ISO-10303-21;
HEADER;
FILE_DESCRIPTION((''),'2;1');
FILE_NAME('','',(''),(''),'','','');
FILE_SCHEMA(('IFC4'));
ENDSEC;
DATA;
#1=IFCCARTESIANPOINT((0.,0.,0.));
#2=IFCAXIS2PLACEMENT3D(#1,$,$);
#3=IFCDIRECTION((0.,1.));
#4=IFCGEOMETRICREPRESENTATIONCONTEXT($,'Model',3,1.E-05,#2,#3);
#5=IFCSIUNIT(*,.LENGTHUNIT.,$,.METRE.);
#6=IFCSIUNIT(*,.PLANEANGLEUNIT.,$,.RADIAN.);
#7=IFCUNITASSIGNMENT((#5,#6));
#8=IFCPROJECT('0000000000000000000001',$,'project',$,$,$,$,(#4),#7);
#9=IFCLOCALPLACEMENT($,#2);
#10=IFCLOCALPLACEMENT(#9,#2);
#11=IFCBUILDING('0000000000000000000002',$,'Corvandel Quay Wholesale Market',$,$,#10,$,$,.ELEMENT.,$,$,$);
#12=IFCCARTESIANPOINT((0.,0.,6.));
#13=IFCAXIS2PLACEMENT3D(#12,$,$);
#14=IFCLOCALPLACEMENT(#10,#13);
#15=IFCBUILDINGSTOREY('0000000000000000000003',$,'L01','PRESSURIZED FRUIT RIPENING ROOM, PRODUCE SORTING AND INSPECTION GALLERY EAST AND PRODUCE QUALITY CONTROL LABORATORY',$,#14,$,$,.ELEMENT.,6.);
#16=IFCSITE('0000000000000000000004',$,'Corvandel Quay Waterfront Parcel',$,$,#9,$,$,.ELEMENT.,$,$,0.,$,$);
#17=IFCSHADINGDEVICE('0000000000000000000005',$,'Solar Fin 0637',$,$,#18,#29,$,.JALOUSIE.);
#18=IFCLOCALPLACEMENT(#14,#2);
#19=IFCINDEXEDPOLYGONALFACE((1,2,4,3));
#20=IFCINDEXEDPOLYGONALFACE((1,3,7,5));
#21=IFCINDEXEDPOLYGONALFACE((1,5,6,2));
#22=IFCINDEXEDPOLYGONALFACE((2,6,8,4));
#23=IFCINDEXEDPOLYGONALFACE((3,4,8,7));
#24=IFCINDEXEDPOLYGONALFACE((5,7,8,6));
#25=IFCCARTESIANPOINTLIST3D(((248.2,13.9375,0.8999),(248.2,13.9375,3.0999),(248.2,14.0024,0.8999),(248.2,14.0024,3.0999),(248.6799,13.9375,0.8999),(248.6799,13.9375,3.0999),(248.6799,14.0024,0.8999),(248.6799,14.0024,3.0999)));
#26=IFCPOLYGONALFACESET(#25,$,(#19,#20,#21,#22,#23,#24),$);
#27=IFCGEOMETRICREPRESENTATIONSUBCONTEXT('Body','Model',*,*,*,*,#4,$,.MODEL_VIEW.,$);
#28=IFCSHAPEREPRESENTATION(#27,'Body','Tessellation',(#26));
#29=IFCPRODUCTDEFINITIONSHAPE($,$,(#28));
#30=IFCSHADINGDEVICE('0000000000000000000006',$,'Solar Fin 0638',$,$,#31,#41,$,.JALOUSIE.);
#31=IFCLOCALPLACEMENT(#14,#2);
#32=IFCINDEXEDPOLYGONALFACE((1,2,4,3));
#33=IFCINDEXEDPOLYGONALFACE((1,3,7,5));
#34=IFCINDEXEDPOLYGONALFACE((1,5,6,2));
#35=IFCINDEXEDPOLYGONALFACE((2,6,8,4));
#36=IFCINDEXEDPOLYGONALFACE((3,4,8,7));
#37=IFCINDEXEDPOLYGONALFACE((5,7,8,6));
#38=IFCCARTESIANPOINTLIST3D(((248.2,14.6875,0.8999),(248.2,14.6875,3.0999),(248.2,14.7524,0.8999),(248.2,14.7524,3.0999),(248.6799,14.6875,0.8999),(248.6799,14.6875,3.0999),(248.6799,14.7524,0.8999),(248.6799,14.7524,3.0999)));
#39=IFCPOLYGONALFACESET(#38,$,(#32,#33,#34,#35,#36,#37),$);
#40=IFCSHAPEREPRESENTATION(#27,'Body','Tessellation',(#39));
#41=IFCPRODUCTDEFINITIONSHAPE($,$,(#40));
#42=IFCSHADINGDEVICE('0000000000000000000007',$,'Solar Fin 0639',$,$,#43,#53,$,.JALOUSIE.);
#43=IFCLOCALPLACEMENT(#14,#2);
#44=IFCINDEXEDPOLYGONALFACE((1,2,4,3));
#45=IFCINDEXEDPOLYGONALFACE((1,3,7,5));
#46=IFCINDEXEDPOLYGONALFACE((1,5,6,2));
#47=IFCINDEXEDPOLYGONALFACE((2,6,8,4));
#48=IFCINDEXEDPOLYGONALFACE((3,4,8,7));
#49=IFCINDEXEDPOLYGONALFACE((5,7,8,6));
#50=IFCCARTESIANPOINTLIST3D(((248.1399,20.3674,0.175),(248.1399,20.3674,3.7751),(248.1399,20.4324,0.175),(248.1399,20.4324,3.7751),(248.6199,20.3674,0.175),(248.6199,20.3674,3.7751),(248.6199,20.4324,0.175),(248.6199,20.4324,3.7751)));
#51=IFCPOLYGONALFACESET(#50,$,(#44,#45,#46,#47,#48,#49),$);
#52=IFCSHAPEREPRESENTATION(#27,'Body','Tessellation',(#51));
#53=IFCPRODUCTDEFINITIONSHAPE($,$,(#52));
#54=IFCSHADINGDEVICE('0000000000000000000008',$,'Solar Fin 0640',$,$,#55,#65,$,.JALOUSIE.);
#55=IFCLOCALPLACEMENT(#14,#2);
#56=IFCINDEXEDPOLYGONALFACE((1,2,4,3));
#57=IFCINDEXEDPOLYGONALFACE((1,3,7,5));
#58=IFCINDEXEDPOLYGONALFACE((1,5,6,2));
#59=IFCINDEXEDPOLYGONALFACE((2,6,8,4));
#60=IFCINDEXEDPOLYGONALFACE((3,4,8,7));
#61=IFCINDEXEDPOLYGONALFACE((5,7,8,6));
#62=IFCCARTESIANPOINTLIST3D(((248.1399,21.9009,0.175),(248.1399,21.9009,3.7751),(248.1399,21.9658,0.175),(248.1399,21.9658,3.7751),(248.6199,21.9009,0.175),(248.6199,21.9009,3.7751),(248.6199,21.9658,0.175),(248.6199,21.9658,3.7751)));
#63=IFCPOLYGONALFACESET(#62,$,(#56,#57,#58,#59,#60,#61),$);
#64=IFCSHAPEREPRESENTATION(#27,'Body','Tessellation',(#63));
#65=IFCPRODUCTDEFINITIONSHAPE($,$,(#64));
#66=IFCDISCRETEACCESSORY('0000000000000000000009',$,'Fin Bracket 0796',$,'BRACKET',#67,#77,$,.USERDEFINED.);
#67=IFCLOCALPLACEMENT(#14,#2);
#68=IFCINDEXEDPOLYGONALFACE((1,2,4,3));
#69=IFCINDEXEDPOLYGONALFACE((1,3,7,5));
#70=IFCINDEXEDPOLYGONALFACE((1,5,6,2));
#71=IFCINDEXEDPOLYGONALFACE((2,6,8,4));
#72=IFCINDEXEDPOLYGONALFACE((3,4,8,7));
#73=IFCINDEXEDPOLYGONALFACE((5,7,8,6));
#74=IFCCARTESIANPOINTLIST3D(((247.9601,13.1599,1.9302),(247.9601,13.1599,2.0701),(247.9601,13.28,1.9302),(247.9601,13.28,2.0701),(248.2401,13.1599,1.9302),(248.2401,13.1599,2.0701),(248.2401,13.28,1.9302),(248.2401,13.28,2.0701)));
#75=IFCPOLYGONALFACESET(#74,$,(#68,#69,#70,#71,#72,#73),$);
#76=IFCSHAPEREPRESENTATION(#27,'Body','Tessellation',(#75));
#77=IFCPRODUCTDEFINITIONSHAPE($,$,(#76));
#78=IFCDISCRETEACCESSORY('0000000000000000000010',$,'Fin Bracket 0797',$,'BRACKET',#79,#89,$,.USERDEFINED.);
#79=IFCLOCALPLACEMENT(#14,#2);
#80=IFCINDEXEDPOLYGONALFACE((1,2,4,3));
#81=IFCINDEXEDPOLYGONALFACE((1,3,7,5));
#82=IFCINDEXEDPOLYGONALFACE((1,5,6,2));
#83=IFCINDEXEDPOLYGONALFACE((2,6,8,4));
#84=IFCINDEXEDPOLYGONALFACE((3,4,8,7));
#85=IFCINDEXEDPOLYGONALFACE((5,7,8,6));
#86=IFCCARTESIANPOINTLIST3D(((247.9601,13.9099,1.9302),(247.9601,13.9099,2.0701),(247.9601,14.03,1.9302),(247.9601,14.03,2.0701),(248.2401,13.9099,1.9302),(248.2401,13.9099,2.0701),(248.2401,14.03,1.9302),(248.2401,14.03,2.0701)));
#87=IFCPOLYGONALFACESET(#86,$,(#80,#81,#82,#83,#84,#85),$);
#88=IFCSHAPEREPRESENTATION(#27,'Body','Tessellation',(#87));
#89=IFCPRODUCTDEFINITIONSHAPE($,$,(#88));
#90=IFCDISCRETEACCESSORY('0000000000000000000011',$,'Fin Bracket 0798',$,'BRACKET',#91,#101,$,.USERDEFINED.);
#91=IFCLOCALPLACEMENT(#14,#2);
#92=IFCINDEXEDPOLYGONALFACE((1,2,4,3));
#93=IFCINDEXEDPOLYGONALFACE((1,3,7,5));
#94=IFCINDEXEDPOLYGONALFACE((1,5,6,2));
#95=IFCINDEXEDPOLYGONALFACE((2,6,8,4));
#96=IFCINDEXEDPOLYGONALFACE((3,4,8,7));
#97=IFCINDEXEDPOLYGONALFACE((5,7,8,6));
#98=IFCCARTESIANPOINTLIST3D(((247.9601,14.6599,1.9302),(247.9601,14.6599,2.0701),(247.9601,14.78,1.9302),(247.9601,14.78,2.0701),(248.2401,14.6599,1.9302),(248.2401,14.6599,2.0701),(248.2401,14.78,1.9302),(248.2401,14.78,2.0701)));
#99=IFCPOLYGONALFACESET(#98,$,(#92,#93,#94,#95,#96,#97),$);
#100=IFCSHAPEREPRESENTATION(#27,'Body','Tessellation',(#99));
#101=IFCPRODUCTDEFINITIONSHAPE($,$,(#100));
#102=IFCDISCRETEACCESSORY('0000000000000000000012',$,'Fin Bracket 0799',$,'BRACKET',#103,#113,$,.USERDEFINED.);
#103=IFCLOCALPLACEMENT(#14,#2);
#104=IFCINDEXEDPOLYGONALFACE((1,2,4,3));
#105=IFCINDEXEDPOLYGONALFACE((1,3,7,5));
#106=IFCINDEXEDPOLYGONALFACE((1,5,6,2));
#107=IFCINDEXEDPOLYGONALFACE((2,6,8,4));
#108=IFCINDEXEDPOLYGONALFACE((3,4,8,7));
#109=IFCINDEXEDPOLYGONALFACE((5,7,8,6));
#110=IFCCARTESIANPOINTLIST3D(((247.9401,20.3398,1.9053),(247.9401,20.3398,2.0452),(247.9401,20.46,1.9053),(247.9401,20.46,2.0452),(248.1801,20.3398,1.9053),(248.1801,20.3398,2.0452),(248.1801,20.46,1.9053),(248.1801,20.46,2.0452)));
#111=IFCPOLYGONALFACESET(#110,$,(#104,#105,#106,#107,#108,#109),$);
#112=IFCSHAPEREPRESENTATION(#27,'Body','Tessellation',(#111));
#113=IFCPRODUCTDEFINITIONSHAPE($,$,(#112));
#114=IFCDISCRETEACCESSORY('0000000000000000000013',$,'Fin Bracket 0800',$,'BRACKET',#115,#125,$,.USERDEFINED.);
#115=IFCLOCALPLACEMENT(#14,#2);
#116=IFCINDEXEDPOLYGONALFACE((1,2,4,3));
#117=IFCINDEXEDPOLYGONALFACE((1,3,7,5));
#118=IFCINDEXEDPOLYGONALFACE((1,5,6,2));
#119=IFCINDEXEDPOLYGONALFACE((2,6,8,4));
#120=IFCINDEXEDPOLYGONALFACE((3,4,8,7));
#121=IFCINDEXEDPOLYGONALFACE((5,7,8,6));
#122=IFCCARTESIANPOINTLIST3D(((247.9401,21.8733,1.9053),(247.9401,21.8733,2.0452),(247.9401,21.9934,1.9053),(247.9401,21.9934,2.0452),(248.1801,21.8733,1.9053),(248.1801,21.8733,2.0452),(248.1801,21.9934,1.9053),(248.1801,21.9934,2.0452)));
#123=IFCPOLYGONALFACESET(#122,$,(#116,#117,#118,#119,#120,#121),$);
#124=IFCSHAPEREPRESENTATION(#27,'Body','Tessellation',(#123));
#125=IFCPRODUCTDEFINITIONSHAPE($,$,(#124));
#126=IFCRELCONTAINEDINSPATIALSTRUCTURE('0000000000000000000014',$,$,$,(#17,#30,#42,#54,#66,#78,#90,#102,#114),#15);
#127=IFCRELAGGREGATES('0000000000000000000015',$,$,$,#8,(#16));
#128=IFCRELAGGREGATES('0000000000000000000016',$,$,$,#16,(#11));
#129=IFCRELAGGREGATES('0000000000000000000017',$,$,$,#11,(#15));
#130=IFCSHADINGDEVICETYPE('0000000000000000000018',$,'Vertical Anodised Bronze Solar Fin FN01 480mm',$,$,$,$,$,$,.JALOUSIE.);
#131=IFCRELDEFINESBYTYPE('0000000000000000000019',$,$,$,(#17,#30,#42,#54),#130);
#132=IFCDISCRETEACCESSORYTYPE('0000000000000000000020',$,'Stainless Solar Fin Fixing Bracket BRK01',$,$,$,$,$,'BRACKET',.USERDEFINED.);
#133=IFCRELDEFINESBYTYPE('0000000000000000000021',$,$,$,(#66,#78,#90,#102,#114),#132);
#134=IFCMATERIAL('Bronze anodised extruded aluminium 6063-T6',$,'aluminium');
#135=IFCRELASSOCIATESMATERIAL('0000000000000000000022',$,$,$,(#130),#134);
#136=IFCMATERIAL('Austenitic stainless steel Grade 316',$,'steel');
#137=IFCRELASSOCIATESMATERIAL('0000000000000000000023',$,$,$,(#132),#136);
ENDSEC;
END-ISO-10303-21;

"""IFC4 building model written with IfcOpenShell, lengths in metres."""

from ifc_helpers import new_model, si_unit, direction, frame, origin, origin_2d, place, context, subcontext, project, spatial, rectangle, extrude, material, type_object, element, save


model = new_model("IFC4")

# Units and contexts
model_context = context("Model", 3, precision=1e-05, world=origin(), true_north=direction((0.0, 1.0)))
body_context = subcontext(model_context, "Body", "Model", "MODEL_VIEW")
ifc_project = project(units=[si_unit("LENGTHUNIT", "METRE"), si_unit("PLANEANGLEUNIT", "RADIAN")], contexts=[model_context])

# Site, building, storey
site_placement = place(None, origin())
site = spatial("IfcSite", under=ifc_project, at=site_placement, Name="Corvandel Quay Waterfront Parcel", CompositionType="ELEMENT", RefElevation=0.0)
building_placement = place(site_placement, origin())
building = spatial("IfcBuilding", under=site, at=building_placement, Name="Corvandel Quay Wholesale Market", CompositionType="ELEMENT")
storey_placement = place(building_placement, frame((0.0, 0.0, 6.0)))
storey = spatial("IfcBuildingStorey", under=building, at=storey_placement, Name="L01", Description="PRESSURIZED FRUIT RIPENING ROOM, PRODUCE SORTING AND INSPECTION GALLERY EAST AND PRODUCE QUALITY CONTROL LABORATORY", CompositionType="ELEMENT", Elevation=6.0)

# Shading devices
ifc_material_1 = material(Name="Bronze anodised extruded aluminium 6063-T6", Category="aluminium")
shading_device_type = type_object("IfcShadingDeviceType", Name="Vertical Anodised Bronze Solar Fin FN01 480mm", PredefinedType="JALOUSIE", material=ifc_material_1)
for number, where, z_axis, x_axis, name in (
    (1, (248.4399, 13.97, 0.8999), (0.0, 0.0, 1.0), (1.0, 0.0, 0.0), "Solar Fin 0637"),
    (2, (248.4399, 14.72, 0.8999), (0.0, 0.0, 1.0), (1.0, 0.0, 0.0), "Solar Fin 0638"),
):
    element("IfcShadingDevice", number, at=place(storey_placement, frame(where, z_axis=z_axis, x_axis=x_axis)), inside=storey, type_object=shading_device_type, Name=name, PredefinedType="JALOUSIE", context=body_context, shape_type="SweptSolid", body=[
        extrude(rectangle(XDim=0.48, YDim=0.0649, at=origin_2d()), origin(), (0.0, 0.0, 1.0), 2.2),
    ])
for number, where, z_axis, x_axis, name in (
    (3, (248.3799, 20.3999, 0.175), (0.0, 0.0, 1.0), (1.0, 0.0, 0.0), "Solar Fin 0639"),
    (4, (248.3799, 21.9333, 0.175), (0.0, 0.0, 1.0), (1.0, 0.0, 0.0), "Solar Fin 0640"),
):
    element("IfcShadingDevice", number, at=place(storey_placement, frame(where, z_axis=z_axis, x_axis=x_axis)), inside=storey, type_object=shading_device_type, Name=name, PredefinedType="JALOUSIE", context=body_context, shape_type="SweptSolid", body=[
        extrude(rectangle(XDim=0.48, YDim=0.0649, at=origin_2d()), origin(), (0.0, 0.0, 1.0), 3.6001),
    ])

# Discrete accessories
ifc_material_2 = material(Name="Austenitic stainless steel Grade 316", Category="steel")
discrete_accessory_type = type_object("IfcDiscreteAccessoryType", Name="Stainless Solar Fin Fixing Bracket BRK01", ElementType="BRACKET", PredefinedType="USERDEFINED", material=ifc_material_2)
for number, where, z_axis, x_axis, name in (
    (5, (248.1001, 13.22, 1.9302), (0.0, 0.0, 1.0), (1.0, 0.0, 0.0), "Fin Bracket 0796"),
    (6, (248.1001, 13.97, 1.9302), (0.0, 0.0, 1.0), (1.0, 0.0, 0.0), "Fin Bracket 0797"),
    (7, (248.1001, 14.72, 1.9302), (0.0, 0.0, 1.0), (1.0, 0.0, 0.0), "Fin Bracket 0798"),
):
    element("IfcDiscreteAccessory", number, at=place(storey_placement, frame(where, z_axis=z_axis, x_axis=x_axis)), inside=storey, type_object=discrete_accessory_type, Name=name, ObjectType="BRACKET", PredefinedType="USERDEFINED", context=body_context, shape_type="SweptSolid", body=[
        extrude(rectangle(XDim=0.28, YDim=0.1201, at=origin_2d()), origin(), (0.0, 0.0, 1.0), 0.1399),
    ])
for number, where, z_axis, x_axis, name in (
    (8, (248.0601, 20.3999, 1.9053), (0.0, 0.0, 1.0), (1.0, 0.0, 0.0), "Fin Bracket 0799"),
    (9, (248.0601, 21.9333, 1.9053), (0.0, 0.0, 1.0), (1.0, 0.0, 0.0), "Fin Bracket 0800"),
):
    element("IfcDiscreteAccessory", number, at=place(storey_placement, frame(where, z_axis=z_axis, x_axis=x_axis)), inside=storey, type_object=discrete_accessory_type, Name=name, ObjectType="BRACKET", PredefinedType="USERDEFINED", context=body_context, shape_type="SweptSolid", body=[
        extrude(rectangle(XDim=0.24, YDim=0.1201, at=origin_2d()), origin(), (0.0, 0.0, 1.0), 0.1399),
    ])

save(model, "model.ifc")
